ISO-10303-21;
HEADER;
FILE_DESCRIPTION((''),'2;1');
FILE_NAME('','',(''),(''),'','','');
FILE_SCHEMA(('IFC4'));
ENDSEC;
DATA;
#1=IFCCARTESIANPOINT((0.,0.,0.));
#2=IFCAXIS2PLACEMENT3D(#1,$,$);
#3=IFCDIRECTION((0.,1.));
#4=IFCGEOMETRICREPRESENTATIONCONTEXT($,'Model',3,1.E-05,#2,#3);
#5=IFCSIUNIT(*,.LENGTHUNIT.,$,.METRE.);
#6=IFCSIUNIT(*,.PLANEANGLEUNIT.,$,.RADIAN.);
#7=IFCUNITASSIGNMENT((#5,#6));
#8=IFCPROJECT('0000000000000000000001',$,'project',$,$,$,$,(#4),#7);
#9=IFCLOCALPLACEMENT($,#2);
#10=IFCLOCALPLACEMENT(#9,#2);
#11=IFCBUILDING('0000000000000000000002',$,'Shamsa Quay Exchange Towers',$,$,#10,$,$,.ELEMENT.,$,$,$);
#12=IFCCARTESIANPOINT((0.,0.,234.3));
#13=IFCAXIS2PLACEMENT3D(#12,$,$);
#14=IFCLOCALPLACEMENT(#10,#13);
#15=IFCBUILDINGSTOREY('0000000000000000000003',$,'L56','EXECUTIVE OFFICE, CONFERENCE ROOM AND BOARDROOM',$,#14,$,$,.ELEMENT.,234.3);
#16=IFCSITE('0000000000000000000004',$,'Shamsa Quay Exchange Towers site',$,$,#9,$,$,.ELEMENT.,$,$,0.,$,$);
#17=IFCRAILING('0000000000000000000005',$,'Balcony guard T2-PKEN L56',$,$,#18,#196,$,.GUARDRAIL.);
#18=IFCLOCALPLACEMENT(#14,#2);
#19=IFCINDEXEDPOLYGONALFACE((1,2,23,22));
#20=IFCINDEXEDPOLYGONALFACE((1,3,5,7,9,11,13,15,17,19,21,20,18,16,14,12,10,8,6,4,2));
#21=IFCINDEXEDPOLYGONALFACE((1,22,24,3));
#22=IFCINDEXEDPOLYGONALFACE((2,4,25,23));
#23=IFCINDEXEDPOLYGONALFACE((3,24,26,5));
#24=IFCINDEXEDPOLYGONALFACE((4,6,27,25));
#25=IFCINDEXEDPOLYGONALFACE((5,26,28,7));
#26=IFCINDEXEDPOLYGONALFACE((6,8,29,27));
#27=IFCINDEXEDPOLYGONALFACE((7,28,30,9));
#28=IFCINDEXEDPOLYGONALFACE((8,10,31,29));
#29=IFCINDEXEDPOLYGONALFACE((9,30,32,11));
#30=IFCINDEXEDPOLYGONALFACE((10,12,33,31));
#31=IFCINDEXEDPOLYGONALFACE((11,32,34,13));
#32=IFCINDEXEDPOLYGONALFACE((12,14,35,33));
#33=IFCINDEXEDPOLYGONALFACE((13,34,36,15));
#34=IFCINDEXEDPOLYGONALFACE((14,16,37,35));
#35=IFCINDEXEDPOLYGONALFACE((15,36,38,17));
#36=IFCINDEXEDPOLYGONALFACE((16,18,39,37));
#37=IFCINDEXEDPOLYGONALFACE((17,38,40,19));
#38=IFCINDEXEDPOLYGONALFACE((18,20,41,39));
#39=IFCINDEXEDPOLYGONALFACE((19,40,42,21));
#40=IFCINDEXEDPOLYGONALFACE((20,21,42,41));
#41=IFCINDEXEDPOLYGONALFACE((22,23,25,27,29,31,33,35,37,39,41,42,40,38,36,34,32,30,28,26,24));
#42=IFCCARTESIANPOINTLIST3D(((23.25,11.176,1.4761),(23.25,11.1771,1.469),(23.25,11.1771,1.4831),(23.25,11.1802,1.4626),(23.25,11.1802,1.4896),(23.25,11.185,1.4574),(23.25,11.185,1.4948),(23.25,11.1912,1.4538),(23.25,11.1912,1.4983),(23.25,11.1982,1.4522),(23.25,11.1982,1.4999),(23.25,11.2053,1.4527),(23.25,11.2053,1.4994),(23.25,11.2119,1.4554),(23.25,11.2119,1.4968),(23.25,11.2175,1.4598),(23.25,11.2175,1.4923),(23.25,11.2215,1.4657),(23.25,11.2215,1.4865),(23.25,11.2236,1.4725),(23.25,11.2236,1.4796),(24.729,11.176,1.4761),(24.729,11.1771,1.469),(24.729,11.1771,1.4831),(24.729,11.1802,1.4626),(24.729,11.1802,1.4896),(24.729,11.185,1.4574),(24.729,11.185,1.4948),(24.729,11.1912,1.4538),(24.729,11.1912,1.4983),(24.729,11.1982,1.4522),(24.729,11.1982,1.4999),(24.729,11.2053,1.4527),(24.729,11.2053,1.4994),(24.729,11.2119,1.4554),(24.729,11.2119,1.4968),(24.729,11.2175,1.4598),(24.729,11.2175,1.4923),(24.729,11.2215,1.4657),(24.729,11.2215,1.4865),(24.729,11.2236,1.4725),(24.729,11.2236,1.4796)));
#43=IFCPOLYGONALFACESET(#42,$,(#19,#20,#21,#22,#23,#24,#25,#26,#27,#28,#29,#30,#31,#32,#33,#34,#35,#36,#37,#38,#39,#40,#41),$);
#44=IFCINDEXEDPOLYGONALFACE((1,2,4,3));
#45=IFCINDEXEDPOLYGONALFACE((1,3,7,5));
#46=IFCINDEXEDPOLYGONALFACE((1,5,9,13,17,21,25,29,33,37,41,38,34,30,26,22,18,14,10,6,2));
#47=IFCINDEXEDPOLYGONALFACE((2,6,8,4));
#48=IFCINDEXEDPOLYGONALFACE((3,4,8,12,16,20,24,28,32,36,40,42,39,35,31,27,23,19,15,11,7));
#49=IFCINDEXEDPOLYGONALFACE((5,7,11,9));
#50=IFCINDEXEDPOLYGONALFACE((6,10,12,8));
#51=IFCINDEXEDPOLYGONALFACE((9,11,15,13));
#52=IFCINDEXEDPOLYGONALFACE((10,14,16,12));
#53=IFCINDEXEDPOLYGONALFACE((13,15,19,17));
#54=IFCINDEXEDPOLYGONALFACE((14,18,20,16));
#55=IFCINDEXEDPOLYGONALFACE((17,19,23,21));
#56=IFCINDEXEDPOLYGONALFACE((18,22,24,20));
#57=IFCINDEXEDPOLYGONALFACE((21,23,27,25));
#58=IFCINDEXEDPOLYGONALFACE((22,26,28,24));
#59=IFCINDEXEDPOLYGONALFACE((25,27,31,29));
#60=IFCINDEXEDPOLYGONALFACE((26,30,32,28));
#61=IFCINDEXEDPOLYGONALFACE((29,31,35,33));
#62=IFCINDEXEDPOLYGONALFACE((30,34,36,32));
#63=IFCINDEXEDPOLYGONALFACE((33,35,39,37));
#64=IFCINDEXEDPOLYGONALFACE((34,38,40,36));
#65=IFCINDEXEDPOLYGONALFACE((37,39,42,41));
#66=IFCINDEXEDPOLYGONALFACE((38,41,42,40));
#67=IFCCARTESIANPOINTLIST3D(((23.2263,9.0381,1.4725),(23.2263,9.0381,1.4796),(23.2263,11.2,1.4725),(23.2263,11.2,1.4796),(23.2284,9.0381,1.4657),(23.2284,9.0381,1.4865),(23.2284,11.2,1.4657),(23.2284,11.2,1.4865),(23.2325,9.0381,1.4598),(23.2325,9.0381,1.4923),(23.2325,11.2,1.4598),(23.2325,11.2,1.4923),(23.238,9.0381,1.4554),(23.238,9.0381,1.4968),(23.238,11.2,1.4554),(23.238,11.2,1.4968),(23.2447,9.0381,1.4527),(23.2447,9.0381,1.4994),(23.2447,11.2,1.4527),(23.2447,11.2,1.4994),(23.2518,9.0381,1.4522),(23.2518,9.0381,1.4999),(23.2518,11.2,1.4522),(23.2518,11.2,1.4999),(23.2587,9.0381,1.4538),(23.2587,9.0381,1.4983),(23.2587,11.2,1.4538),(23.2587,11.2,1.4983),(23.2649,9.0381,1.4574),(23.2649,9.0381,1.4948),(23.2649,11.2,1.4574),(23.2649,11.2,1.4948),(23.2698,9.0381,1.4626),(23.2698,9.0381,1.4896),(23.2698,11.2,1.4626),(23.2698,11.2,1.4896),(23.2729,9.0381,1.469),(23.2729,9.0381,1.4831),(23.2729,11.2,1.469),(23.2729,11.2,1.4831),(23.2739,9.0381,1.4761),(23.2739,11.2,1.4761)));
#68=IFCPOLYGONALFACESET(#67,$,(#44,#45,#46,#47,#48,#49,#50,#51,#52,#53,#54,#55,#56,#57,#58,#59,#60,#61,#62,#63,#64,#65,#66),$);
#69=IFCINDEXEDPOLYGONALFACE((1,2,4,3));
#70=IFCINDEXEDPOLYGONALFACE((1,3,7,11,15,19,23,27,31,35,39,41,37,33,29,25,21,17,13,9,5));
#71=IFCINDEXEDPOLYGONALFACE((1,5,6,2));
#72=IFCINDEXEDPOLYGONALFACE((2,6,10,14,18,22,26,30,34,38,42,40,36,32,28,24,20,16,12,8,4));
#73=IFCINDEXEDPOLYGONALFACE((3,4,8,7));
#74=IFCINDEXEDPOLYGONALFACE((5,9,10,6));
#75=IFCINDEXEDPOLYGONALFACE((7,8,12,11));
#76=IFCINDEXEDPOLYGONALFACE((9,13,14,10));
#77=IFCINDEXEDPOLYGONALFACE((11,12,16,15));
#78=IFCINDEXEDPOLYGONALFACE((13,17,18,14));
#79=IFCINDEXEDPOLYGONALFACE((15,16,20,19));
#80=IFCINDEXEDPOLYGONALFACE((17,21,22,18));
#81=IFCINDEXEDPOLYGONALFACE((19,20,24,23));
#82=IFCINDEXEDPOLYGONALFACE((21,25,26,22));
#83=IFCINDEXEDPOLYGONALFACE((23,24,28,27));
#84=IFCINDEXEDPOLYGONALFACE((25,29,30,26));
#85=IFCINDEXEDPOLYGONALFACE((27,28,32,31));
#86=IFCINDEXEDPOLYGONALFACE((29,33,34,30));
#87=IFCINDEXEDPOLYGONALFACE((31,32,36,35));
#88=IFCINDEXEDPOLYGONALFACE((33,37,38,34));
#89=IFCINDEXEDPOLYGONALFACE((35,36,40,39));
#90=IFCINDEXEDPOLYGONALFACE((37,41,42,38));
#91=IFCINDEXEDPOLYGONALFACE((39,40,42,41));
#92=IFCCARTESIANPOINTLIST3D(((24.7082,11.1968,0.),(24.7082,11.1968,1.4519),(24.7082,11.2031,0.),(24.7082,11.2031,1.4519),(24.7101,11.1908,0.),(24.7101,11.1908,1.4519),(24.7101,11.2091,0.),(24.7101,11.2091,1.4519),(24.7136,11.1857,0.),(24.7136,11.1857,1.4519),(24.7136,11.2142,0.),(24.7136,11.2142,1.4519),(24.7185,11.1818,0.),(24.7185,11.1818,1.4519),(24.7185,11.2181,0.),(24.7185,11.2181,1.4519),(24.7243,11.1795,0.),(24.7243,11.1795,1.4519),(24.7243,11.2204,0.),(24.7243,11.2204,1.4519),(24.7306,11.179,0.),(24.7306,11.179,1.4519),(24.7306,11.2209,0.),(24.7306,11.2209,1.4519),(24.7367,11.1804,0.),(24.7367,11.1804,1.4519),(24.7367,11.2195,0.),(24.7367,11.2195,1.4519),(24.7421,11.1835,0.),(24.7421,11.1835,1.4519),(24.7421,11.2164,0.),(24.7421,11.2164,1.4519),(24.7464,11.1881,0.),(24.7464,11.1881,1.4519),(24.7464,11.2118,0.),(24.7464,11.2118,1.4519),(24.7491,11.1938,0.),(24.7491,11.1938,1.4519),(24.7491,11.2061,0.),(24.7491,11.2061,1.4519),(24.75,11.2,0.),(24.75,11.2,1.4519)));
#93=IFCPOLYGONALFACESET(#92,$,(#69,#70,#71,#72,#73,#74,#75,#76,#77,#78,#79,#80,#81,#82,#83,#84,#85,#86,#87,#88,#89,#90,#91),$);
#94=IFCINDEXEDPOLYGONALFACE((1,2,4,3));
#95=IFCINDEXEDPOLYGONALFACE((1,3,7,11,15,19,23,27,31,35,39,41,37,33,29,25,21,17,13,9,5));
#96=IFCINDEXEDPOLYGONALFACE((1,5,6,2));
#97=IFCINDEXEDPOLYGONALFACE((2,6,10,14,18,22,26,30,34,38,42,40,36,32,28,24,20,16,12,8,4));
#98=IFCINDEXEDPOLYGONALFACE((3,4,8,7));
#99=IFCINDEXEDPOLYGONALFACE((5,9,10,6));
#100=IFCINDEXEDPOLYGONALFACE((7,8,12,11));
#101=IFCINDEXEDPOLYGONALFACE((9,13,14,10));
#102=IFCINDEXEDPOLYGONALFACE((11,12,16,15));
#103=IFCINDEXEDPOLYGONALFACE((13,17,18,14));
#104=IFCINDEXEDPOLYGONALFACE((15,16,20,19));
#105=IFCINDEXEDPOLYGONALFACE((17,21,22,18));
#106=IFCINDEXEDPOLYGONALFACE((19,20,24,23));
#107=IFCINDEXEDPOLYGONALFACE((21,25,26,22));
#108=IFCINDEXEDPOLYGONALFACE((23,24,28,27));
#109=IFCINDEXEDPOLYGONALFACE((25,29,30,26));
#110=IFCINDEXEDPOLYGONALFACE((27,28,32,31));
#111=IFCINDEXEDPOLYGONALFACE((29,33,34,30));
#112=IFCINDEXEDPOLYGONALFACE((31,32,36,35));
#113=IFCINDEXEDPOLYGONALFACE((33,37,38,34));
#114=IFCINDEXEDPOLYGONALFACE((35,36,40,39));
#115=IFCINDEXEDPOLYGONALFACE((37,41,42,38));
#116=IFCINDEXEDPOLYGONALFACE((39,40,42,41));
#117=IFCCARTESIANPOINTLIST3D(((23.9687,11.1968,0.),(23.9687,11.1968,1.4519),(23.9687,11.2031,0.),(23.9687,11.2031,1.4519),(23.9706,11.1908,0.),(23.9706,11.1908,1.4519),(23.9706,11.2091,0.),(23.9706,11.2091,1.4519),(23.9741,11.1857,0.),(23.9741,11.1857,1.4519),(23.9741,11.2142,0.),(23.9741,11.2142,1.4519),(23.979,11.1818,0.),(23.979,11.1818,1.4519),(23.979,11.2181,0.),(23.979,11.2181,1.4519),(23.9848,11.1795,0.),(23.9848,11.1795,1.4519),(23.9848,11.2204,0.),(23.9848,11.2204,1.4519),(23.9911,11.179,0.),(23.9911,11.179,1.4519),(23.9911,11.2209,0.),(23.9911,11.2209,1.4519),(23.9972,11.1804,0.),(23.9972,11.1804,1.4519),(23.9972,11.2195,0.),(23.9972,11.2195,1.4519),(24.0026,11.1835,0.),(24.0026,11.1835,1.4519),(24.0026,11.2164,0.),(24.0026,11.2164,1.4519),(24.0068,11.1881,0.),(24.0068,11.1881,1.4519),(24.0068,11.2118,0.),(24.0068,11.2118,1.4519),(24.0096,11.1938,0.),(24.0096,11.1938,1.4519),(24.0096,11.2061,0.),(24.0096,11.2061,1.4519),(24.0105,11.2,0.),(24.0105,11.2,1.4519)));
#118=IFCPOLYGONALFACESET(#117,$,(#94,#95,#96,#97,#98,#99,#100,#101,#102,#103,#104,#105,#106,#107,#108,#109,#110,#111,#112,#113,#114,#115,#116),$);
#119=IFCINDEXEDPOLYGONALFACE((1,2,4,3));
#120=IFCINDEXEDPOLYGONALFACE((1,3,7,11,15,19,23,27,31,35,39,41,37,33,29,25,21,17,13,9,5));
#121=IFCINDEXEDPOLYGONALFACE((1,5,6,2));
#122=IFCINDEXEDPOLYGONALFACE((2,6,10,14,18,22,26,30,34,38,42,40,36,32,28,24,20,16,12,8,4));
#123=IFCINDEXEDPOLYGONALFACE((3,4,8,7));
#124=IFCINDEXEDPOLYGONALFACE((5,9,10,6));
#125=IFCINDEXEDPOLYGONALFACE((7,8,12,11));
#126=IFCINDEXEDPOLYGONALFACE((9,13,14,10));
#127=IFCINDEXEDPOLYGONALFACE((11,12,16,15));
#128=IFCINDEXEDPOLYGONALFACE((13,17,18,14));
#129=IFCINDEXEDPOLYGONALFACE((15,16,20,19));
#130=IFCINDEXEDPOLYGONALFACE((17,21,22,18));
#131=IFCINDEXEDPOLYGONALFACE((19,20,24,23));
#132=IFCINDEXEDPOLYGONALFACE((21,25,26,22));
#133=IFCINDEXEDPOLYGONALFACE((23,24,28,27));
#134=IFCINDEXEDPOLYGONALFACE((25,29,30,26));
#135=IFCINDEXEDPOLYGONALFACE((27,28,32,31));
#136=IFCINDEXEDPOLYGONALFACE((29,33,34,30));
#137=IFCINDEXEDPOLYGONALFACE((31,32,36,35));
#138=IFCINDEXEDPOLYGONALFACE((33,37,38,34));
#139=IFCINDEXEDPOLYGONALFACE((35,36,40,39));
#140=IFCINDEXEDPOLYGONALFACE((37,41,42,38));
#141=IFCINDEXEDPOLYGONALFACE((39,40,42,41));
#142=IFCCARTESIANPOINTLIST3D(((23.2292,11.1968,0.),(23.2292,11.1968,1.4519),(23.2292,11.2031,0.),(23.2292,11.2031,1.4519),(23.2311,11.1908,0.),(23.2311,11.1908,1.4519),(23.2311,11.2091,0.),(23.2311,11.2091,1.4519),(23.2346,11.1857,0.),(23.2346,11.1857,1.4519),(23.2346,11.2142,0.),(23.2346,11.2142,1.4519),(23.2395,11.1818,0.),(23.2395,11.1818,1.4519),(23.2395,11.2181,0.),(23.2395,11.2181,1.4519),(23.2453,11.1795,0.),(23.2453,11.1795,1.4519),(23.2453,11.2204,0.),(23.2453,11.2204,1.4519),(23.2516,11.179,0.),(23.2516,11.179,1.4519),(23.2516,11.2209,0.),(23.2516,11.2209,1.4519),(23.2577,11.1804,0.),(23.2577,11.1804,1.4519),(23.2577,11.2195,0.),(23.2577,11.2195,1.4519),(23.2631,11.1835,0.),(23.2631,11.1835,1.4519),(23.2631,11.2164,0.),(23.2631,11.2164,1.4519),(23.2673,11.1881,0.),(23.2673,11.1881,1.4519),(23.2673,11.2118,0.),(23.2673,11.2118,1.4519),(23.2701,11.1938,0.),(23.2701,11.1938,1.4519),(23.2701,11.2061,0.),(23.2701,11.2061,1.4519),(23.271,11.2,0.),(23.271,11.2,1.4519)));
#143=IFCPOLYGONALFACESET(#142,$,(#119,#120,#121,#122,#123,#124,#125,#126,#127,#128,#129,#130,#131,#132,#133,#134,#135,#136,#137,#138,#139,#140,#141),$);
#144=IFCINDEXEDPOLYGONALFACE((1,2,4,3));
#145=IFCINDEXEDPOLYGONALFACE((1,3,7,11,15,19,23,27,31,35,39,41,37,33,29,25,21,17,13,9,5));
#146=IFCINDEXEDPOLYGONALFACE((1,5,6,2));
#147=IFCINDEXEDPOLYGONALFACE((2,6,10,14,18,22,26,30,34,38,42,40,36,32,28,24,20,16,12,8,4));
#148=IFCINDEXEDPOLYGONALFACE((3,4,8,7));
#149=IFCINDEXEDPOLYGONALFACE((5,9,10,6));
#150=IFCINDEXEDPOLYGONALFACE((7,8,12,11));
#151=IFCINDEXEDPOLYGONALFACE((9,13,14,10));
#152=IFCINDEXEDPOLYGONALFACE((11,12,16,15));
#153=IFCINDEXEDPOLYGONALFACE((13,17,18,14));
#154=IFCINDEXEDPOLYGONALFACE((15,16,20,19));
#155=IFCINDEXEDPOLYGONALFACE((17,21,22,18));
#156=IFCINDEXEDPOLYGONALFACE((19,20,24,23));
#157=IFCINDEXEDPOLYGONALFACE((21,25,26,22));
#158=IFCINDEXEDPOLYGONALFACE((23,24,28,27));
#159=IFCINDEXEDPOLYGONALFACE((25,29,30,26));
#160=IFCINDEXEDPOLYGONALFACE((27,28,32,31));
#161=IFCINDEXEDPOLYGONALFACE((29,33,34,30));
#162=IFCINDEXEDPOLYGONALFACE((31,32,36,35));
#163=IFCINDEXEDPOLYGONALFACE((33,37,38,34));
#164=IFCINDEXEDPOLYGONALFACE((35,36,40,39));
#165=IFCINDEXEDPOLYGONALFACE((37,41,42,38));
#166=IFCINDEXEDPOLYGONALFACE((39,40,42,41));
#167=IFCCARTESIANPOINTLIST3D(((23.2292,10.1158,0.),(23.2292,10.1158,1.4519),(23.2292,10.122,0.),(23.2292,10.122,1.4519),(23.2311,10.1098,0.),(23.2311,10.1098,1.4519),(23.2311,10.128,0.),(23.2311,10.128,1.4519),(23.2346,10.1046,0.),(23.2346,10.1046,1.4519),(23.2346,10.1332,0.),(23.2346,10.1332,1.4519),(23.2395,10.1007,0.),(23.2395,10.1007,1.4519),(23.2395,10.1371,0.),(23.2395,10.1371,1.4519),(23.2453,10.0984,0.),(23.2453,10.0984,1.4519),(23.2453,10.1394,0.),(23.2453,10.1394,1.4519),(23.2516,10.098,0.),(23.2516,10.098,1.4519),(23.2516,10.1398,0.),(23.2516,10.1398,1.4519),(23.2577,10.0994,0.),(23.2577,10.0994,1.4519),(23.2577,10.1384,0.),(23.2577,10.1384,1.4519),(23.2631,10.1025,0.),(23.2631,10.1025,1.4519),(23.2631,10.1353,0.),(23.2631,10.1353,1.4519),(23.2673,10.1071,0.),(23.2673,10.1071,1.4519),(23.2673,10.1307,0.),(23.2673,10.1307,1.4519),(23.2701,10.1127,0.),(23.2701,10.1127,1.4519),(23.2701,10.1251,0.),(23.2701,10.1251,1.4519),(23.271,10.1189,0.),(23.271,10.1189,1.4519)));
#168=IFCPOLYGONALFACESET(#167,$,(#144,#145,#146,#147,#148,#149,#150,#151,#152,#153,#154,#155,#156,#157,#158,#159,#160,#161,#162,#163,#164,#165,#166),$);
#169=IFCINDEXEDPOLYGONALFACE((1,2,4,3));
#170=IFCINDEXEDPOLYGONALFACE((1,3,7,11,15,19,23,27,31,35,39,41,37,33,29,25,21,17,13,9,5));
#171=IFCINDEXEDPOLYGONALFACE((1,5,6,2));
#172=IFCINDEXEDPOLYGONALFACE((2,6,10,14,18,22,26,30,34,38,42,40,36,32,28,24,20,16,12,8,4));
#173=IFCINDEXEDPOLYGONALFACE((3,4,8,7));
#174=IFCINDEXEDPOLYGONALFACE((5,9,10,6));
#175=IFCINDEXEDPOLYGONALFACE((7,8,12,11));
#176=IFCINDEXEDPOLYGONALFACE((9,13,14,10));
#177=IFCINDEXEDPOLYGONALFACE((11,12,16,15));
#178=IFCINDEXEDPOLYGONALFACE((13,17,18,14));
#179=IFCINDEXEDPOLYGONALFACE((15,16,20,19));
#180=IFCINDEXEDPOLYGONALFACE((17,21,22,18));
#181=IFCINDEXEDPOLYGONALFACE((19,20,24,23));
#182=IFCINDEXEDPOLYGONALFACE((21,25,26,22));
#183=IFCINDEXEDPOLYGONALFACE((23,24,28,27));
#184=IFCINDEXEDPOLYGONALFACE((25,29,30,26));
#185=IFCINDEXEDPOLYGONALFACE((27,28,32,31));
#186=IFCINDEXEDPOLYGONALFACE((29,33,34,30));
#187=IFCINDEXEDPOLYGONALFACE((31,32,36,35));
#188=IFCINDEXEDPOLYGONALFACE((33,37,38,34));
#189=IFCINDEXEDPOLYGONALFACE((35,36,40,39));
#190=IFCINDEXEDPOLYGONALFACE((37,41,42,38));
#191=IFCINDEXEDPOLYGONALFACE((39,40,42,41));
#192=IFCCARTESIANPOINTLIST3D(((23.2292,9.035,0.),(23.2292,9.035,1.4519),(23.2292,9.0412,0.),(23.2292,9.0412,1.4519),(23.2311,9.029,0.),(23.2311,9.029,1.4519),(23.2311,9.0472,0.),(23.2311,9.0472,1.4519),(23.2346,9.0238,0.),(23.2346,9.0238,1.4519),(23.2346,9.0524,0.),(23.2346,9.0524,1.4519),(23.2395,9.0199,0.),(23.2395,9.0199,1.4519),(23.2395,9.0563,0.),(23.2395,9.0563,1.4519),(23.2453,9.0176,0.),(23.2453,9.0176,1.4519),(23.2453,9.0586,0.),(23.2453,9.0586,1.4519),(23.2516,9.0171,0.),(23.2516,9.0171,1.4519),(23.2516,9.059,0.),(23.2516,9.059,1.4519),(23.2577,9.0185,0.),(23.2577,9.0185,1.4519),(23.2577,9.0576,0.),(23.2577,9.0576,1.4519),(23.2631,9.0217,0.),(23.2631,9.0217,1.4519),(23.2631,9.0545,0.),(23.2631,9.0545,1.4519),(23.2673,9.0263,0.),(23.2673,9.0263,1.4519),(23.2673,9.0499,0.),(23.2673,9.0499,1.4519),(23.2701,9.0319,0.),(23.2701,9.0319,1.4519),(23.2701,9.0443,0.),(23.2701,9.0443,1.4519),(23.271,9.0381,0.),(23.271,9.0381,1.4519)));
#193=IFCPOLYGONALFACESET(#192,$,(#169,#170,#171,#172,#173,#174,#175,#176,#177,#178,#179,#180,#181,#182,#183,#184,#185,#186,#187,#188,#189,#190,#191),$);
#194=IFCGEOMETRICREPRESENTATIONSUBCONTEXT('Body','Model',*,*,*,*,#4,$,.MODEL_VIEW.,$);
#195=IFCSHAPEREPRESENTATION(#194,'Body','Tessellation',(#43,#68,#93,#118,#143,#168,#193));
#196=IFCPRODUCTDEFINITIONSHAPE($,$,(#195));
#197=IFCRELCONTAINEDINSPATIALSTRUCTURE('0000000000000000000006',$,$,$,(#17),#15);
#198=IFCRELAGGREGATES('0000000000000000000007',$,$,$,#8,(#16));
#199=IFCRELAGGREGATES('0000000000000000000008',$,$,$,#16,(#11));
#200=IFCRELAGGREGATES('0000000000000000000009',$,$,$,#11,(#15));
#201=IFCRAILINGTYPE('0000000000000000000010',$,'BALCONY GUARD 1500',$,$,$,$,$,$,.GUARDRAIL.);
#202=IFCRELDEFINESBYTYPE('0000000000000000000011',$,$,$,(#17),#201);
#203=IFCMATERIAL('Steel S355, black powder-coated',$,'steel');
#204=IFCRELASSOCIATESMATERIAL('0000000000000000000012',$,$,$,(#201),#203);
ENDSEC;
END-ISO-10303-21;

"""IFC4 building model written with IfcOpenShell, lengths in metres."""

from ifc_helpers import new_model, si_unit, direction, frame, origin, origin_2d, place, context, subcontext, project, spatial, circle, extrude, material, type_object, element, save


model = new_model("IFC4")

# Units and contexts
model_context = context("Model", 3, precision=1e-05, world=origin(), true_north=direction((0.0, 1.0)))
body_context = subcontext(model_context, "Body", "Model", "MODEL_VIEW")
ifc_project = project(units=[si_unit("LENGTHUNIT", "METRE"), si_unit("PLANEANGLEUNIT", "RADIAN")], contexts=[model_context])

# Site, building, storey
site_placement = place(None, origin())
site = spatial("IfcSite", under=ifc_project, at=site_placement, Name="Shamsa Quay Exchange Towers site", CompositionType="ELEMENT", RefElevation=0.0)
building_placement = place(site_placement, origin())
building = spatial("IfcBuilding", under=site, at=building_placement, Name="Shamsa Quay Exchange Towers", CompositionType="ELEMENT")
storey_placement = place(building_placement, frame((0.0, 0.0, 234.3)))
storey = spatial("IfcBuildingStorey", under=building, at=storey_placement, Name="L56", Description="EXECUTIVE OFFICE, CONFERENCE ROOM AND BOARDROOM", CompositionType="ELEMENT", Elevation=234.3)

# Railing
ifc_material_1 = material(Name="Steel S355, black powder-coated", Category="steel")
railing_type = type_object("IfcRailingType", Name="BALCONY GUARD 1500", PredefinedType="GUARDRAIL", material=ifc_material_1)
for number, where, name in (
    (1, (24.729, 11.2, 0.0), "Balcony guard T2-PKEN L56"),
):
    element("IfcRailing", number, at=place(storey_placement, frame(where)), inside=storey, type_object=railing_type, Name=name, PredefinedType="GUARDRAIL", context=body_context, shape_type="SweptSolid", body=[
        extrude(circle(Radius=0.0239, at=origin_2d()), frame((0.0, 0.0, 1.4761), z_axis=(-1.0, 0.0, 0.0), x_axis=(0.0, -1.0, 0.0)), (0.0, 0.0, 1.0), 1.479),
        extrude(circle(Radius=0.0239, at=origin_2d()), frame((-1.479, 0.0, 1.4761), z_axis=(0.0, -1.0, 0.0), x_axis=(1.0, 0.0, 0.0)), (0.0, 0.0, 1.0), 2.1619),
        extrude(circle(Radius=0.021, at=origin_2d()), origin(), (0.0, 0.0, 1.0), 1.4519),
        extrude(circle(Radius=0.021, at=origin_2d()), frame((-0.7395, 0.0, 0.0)), (0.0, 0.0, 1.0), 1.4519),
        extrude(circle(Radius=0.021, at=origin_2d()), frame((-1.479, 0.0, 0.0)), (0.0, 0.0, 1.0), 1.4519),
        extrude(circle(Radius=0.021, at=origin_2d()), frame((-1.479, -1.0811, 0.0)), (0.0, 0.0, 1.0), 1.4519),
        extrude(circle(Radius=0.021, at=origin_2d()), frame((-1.479, -2.1619, 0.0)), (0.0, 0.0, 1.0), 1.4519),
    ])

save(model, "model.ifc")
